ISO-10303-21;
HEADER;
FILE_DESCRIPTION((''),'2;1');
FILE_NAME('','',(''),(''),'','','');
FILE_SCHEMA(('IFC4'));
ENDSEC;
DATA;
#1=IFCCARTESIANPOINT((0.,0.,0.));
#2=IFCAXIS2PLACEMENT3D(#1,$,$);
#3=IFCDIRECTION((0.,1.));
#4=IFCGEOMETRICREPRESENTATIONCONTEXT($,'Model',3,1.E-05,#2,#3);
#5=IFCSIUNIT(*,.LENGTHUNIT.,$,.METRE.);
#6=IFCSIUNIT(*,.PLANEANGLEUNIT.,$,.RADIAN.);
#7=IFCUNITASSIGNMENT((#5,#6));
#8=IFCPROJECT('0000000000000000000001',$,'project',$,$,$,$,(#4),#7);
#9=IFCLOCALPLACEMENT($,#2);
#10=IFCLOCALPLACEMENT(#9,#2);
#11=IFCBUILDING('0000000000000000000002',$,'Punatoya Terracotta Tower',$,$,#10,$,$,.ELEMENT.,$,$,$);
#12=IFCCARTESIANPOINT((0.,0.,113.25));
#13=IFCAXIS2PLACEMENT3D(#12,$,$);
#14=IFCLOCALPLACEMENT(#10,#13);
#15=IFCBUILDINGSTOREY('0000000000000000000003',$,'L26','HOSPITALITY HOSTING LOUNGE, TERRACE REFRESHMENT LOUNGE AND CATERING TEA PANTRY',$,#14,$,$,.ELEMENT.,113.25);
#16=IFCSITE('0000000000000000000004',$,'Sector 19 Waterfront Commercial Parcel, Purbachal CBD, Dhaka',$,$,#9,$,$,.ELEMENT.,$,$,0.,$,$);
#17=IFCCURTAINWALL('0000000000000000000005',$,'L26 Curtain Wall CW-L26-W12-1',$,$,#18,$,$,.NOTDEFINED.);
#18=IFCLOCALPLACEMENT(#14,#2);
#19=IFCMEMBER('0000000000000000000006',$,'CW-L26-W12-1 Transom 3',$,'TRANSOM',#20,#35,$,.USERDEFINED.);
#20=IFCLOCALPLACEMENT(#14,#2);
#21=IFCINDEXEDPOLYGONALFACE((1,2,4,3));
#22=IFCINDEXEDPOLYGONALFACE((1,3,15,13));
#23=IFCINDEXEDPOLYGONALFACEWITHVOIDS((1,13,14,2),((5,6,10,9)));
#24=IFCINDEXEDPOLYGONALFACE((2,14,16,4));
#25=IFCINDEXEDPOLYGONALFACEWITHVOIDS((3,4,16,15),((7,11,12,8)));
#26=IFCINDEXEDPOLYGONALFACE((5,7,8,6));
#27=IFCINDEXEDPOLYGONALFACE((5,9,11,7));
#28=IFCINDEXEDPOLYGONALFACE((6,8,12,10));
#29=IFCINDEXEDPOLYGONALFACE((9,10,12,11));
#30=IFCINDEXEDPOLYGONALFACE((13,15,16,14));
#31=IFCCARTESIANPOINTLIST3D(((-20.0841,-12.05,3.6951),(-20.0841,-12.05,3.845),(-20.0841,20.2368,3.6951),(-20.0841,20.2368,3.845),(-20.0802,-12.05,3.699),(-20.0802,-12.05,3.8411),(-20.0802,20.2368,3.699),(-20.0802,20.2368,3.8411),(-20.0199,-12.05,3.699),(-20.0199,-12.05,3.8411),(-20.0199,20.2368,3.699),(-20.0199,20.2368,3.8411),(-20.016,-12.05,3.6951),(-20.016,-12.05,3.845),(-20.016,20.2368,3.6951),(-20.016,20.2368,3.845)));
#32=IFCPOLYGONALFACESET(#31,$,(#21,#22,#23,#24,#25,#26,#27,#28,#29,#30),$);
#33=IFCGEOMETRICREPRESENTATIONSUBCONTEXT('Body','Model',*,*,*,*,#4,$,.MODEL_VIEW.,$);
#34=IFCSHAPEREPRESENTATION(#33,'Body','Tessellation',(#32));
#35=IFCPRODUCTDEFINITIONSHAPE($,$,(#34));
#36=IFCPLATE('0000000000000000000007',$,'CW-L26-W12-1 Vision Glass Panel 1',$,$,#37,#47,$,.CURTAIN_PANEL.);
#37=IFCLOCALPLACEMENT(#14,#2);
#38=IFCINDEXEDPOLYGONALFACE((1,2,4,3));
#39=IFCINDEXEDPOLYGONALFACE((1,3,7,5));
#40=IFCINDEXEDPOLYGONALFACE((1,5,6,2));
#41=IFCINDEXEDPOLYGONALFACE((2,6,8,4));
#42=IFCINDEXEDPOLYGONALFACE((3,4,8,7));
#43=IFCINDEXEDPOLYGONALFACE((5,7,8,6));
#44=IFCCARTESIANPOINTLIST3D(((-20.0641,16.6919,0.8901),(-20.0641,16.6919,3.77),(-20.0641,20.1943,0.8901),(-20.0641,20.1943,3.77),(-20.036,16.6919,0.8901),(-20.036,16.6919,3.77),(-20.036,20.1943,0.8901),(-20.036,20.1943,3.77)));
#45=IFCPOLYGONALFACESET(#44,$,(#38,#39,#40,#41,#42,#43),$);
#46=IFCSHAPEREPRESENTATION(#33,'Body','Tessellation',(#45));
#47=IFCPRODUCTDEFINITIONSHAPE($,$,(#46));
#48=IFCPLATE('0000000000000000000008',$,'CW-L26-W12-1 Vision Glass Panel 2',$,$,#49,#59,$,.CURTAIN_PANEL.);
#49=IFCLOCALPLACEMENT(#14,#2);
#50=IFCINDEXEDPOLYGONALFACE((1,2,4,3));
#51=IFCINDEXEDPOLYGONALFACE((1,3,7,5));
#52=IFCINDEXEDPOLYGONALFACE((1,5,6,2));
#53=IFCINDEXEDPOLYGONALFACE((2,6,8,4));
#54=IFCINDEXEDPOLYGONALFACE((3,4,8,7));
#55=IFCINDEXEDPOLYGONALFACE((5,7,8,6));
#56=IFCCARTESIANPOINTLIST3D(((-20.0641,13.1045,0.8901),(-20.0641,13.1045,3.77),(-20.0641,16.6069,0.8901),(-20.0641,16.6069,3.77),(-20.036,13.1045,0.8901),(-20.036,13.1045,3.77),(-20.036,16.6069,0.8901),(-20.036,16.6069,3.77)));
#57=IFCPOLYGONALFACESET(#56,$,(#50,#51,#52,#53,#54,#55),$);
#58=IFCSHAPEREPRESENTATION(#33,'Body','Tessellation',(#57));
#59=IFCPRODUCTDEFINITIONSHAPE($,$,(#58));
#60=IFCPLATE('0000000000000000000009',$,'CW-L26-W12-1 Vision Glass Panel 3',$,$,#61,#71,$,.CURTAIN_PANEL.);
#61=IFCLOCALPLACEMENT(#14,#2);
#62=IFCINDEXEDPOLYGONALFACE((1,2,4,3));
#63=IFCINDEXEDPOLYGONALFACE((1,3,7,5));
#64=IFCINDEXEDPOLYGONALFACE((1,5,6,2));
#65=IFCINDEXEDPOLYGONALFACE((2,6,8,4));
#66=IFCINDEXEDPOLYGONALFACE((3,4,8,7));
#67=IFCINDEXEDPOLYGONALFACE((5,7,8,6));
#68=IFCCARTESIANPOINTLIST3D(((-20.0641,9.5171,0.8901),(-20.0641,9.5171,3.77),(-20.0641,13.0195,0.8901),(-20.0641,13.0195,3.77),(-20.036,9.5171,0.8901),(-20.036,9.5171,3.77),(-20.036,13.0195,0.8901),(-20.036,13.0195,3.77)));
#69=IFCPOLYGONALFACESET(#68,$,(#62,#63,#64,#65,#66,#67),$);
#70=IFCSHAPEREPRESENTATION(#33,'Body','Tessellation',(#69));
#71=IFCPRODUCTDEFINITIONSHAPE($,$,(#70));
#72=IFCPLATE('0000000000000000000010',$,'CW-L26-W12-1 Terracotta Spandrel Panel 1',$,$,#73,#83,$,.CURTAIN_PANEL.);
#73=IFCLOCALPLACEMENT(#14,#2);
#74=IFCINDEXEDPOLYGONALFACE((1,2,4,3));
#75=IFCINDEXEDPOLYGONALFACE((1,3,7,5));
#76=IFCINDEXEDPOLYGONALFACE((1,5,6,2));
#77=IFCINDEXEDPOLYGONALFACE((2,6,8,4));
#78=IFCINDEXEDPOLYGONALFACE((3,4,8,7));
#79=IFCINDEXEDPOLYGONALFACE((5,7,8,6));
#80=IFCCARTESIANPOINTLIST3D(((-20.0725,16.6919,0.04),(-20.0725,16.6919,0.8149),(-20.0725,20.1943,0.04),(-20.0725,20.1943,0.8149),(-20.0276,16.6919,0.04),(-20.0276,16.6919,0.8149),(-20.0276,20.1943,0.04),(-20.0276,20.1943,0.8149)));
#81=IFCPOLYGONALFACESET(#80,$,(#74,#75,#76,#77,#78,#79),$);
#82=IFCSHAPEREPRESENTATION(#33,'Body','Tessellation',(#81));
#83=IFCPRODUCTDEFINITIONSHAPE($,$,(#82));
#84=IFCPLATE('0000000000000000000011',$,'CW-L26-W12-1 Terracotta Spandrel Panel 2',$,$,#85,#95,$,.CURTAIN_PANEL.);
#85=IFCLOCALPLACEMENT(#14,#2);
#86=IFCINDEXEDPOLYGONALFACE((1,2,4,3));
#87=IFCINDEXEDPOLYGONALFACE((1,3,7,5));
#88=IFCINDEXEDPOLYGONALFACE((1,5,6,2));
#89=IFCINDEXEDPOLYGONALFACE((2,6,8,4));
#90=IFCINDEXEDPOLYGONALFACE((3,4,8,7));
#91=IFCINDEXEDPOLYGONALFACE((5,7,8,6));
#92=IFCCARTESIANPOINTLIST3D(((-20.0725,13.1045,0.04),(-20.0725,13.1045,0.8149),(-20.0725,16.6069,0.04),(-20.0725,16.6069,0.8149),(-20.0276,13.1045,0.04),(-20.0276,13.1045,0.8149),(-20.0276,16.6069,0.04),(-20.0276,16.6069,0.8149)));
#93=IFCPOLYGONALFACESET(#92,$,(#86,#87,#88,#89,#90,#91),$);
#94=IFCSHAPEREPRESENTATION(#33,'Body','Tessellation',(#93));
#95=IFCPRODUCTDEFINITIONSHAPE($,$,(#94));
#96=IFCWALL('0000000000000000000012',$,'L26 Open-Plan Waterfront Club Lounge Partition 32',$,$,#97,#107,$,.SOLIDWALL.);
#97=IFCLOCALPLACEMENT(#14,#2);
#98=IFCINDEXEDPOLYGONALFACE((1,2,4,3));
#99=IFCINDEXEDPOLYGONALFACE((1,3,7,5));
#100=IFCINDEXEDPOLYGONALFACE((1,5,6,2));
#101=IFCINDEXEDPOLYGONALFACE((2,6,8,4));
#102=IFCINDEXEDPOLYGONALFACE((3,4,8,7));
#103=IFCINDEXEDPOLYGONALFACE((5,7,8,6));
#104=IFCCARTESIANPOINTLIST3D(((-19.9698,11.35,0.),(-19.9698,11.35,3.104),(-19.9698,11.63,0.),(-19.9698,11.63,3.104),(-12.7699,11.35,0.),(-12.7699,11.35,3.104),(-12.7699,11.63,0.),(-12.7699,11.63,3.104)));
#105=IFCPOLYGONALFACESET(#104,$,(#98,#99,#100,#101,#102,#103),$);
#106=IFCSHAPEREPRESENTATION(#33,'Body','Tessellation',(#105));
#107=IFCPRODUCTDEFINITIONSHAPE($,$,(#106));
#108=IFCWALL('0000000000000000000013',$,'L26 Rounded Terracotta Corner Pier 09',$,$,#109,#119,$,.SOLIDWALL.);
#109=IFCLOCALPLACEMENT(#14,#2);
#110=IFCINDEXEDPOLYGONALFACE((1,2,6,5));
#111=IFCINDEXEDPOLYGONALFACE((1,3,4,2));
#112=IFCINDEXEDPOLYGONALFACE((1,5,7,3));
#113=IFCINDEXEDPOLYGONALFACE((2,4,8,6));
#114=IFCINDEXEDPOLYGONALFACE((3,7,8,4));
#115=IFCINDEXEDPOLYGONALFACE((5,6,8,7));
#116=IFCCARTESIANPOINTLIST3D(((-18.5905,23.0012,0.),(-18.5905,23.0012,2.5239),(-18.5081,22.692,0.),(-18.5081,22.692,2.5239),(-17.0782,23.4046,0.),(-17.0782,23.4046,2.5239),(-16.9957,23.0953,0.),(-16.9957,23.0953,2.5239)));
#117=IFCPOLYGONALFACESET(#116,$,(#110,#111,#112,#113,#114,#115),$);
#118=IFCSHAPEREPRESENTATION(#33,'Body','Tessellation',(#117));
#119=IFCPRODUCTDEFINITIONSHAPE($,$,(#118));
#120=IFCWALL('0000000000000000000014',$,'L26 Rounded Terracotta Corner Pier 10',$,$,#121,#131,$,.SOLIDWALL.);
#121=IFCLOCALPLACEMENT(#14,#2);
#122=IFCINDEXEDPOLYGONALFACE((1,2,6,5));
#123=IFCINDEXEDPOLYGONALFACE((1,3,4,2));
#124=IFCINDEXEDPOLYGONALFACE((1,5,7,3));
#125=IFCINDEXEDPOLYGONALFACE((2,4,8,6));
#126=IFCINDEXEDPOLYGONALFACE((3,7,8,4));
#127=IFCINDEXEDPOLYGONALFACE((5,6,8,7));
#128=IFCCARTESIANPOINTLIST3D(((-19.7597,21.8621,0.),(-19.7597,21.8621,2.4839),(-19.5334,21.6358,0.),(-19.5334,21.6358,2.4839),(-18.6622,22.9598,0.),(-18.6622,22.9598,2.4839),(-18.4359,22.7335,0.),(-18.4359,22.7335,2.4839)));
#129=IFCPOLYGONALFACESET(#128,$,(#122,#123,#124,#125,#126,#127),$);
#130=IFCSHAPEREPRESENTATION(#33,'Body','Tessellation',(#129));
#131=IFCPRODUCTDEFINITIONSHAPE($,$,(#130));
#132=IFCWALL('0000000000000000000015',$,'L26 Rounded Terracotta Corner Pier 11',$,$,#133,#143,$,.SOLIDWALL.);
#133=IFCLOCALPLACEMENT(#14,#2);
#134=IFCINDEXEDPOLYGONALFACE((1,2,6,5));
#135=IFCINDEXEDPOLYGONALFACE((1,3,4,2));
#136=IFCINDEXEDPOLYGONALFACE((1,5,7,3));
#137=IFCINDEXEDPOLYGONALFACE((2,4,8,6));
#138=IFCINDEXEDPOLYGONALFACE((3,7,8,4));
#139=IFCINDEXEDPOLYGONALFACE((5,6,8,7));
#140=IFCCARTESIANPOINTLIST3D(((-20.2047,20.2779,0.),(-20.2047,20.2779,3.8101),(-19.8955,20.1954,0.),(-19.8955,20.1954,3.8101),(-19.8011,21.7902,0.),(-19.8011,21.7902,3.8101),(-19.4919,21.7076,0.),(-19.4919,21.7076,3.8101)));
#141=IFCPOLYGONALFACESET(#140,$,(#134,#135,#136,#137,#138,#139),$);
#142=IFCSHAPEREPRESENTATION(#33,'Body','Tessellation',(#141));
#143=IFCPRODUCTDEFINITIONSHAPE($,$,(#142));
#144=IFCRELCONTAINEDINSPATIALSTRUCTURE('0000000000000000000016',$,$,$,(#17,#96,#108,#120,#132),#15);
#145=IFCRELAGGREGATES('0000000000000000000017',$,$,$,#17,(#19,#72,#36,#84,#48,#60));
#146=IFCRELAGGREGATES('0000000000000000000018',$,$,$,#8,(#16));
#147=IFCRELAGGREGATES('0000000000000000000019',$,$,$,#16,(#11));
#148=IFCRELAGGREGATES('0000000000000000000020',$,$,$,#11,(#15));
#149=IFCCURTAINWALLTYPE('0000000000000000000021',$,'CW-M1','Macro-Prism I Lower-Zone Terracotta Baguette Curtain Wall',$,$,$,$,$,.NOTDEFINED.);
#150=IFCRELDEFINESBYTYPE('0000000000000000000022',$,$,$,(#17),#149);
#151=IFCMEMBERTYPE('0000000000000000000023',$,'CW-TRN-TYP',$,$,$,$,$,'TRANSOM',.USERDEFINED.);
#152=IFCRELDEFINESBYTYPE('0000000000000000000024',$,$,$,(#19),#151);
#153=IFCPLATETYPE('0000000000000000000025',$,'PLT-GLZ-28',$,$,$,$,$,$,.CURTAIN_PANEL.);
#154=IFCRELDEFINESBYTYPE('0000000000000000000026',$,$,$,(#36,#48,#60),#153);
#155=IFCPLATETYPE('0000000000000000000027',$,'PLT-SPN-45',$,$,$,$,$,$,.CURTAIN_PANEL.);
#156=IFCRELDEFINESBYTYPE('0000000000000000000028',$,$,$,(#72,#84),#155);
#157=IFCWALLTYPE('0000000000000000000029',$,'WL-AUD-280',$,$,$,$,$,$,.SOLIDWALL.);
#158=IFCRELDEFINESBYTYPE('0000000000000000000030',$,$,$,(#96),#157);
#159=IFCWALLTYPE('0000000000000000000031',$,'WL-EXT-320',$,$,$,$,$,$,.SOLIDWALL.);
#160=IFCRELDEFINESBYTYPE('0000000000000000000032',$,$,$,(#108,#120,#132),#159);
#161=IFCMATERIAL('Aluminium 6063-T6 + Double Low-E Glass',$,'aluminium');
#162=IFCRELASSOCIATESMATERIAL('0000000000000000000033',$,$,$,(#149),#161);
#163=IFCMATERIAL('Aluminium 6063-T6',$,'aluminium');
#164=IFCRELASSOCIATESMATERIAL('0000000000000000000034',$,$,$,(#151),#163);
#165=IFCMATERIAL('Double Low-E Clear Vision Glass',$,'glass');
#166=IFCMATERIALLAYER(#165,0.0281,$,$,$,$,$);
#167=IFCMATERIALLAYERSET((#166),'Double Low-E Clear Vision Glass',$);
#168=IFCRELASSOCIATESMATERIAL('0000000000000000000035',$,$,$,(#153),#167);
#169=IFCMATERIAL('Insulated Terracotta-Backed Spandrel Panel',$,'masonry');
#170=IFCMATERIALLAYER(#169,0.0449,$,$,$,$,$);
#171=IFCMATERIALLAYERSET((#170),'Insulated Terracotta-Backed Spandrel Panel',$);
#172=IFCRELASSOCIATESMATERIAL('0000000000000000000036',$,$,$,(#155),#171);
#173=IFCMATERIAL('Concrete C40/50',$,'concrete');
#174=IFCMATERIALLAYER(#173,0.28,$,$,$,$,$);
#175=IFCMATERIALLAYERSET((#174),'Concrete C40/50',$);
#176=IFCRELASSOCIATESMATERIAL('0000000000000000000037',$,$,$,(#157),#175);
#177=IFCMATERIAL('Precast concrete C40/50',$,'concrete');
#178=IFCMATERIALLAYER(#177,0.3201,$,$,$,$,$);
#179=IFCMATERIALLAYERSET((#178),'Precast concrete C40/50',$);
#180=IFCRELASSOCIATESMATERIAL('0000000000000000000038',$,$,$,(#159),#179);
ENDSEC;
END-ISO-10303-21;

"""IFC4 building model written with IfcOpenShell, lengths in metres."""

from ifc_helpers import new_model, si_unit, direction, frame, frame_2d, origin, origin_2d, place, context, subcontext, project, spatial, rectangle, hollow_rectangle, extrude, material, layer, layer_set, material_profile, profile_set, type_object, element, aggregate, save


model = new_model("IFC4")

# Units and contexts
model_context = context("Model", 3, precision=1e-05, world=origin(), true_north=direction((0.0, 1.0)))
body_context = subcontext(model_context, "Body", "Model", "MODEL_VIEW")
ifc_project = project(units=[si_unit("LENGTHUNIT", "METRE"), si_unit("PLANEANGLEUNIT", "RADIAN")], contexts=[model_context])

# Site, building, storey
site_placement = place(None, origin())
site = spatial("IfcSite", under=ifc_project, at=site_placement, Name="Sector 19 Waterfront Commercial Parcel, Purbachal CBD, Dhaka", CompositionType="ELEMENT", RefElevation=0.0)
building_placement = place(site_placement, origin())
building = spatial("IfcBuilding", under=site, at=building_placement, Name="Punatoya Terracotta Tower", CompositionType="ELEMENT")
storey_placement = place(building_placement, frame((0.0, 0.0, 113.25)))
storey = spatial("IfcBuildingStorey", under=building, at=storey_placement, Name="L26", Description="HOSPITALITY HOSTING LOUNGE, TERRACE REFRESHMENT LOUNGE AND CATERING TEA PANTRY", CompositionType="ELEMENT", Elevation=113.25)

# Curtain wall, member, plates
ifc_material_1 = material(Name="Aluminium 6063-T6 + Double Low-E Glass", Category="aluminium")
curtain_wall_type = type_object("IfcCurtainWallType", Name="CW-M1", Description="Macro-Prism I Lower-Zone Terracotta Baguette Curtain Wall", PredefinedType="NOTDEFINED", material=ifc_material_1)
curtain_wall_placement = place(storey_placement, origin())
curtain_wall = element("IfcCurtainWall", 1, at=curtain_wall_placement, inside=storey, type_object=curtain_wall_type, Name="L26 Curtain Wall CW-L26-W12-1", PredefinedType="NOTDEFINED")
ifc_material_2 = material(Name="Aluminium 6063-T6", Category="aluminium")
ifc_material_profile_1 = material_profile(ifc_material_2, hollow_rectangle(XDim=0.0681, YDim=0.1499, WallThickness=0.0039, at=origin_2d()))
ifc_profile_set_1 = profile_set([ifc_material_profile_1], Name="Aluminium 6063-T6")
member_type_1 = type_object("IfcMemberType", Name="CW-TRN-TYP", ElementType="TRANSOM", PredefinedType="USERDEFINED", material=ifc_profile_set_1)
member_1_placement = place(storey_placement, frame((-20.05, 20.2368, 3.77), z_axis=(0.0, -1.0, 0.0), x_axis=(1.0, 0.0, 0.0)))
member_1 = element("IfcMember", 2, at=member_1_placement, type_object=member_type_1, Name="CW-L26-W12-1 Transom 3", ObjectType="TRANSOM", PredefinedType="USERDEFINED", context=body_context, shape_type="SweptSolid", body=[
    extrude(hollow_rectangle(XDim=0.0681, YDim=0.1499, WallThickness=0.0039, at=origin_2d()), origin(), (0.0, 0.0, 1.0), 32.2869),
])
ifc_material_3 = material(Name="Double Low-E Clear Vision Glass", Category="glass")
ifc_layer_1 = layer(ifc_material_3, 0.0281)
ifc_layer_set_1 = layer_set([ifc_layer_1], Name="Double Low-E Clear Vision Glass")
plate_type_1 = type_object("IfcPlateType", Name="PLT-GLZ-28", PredefinedType="CURTAIN_PANEL", material=ifc_layer_set_1)
plate_1_placement = place(storey_placement, frame((-20.05, 18.4431, 0.8901), z_axis=(0.0, 0.0, 1.0), x_axis=(0.0, -1.0, 0.0)))
plate_1 = element("IfcPlate", 3, at=plate_1_placement, type_object=plate_type_1, Name="CW-L26-W12-1 Vision Glass Panel 1", PredefinedType="CURTAIN_PANEL", context=body_context, shape_type="SweptSolid", body=[
    extrude(rectangle(XDim=3.5024, YDim=0.0281, at=origin_2d()), origin(), (0.0, 0.0, 1.0), 2.8799),
])
plate_2_placement = place(storey_placement, frame((-20.05, 14.8557, 0.8901), z_axis=(0.0, 0.0, 1.0), x_axis=(0.0, -1.0, 0.0)))
plate_2 = element("IfcPlate", 4, at=plate_2_placement, type_object=plate_type_1, Name="CW-L26-W12-1 Vision Glass Panel 2", PredefinedType="CURTAIN_PANEL", context=body_context, shape_type="SweptSolid", body=[
    extrude(rectangle(XDim=3.5024, YDim=0.0281, at=origin_2d()), origin(), (0.0, 0.0, 1.0), 2.8799),
])
plate_3_placement = place(storey_placement, frame((-20.05, 11.2683, 0.8901), z_axis=(0.0, 0.0, 1.0), x_axis=(0.0, -1.0, 0.0)))
plate_3 = element("IfcPlate", 5, at=plate_3_placement, type_object=plate_type_1, Name="CW-L26-W12-1 Vision Glass Panel 3", PredefinedType="CURTAIN_PANEL", context=body_context, shape_type="SweptSolid", body=[
    extrude(rectangle(XDim=3.5024, YDim=0.0281, at=origin_2d()), origin(), (0.0, 0.0, 1.0), 2.8799),
])
ifc_material_4 = material(Name="Insulated Terracotta-Backed Spandrel Panel", Category="masonry")
ifc_layer_2 = layer(ifc_material_4, 0.0449)
ifc_layer_set_2 = layer_set([ifc_layer_2], Name="Insulated Terracotta-Backed Spandrel Panel")
plate_type_2 = type_object("IfcPlateType", Name="PLT-SPN-45", PredefinedType="CURTAIN_PANEL", material=ifc_layer_set_2)
plate_4_placement = place(storey_placement, frame((-20.05, 18.4431, 0.04), z_axis=(0.0, 0.0, 1.0), x_axis=(0.0, -1.0, 0.0)))
plate_4 = element("IfcPlate", 6, at=plate_4_placement, type_object=plate_type_2, Name="CW-L26-W12-1 Terracotta Spandrel Panel 1", PredefinedType="CURTAIN_PANEL", context=body_context, shape_type="SweptSolid", body=[
    extrude(rectangle(XDim=3.5024, YDim=0.0449, at=origin_2d()), origin(), (0.0, 0.0, 1.0), 0.7749),
])
plate_5_placement = place(storey_placement, frame((-20.05, 14.8557, 0.04), z_axis=(0.0, 0.0, 1.0), x_axis=(0.0, -1.0, 0.0)))
plate_5 = element("IfcPlate", 7, at=plate_5_placement, type_object=plate_type_2, Name="CW-L26-W12-1 Terracotta Spandrel Panel 2", PredefinedType="CURTAIN_PANEL", context=body_context, shape_type="SweptSolid", body=[
    extrude(rectangle(XDim=3.5024, YDim=0.0449, at=origin_2d()), origin(), (0.0, 0.0, 1.0), 0.7749),
])
aggregate(curtain_wall, [member_1, plate_4, plate_1, plate_5, plate_2, plate_3])

# Walls
ifc_material_5 = material(Name="Concrete C40/50", Category="concrete")
ifc_layer_3 = layer(ifc_material_5, 0.28)
ifc_layer_set_3 = layer_set([ifc_layer_3], Name="Concrete C40/50")
wall_type_1 = type_object("IfcWallType", Name="WL-AUD-280", PredefinedType="SOLIDWALL", material=ifc_layer_set_3)
wall_1_placement = place(storey_placement, frame((-19.97, 11.49, 0.0), z_axis=(0.0, 0.0, 1.0), x_axis=(1.0, 0.0, 0.0)))
element("IfcWall", 8, at=wall_1_placement, inside=storey, type_object=wall_type_1, Name="L26 Open-Plan Waterfront Club Lounge Partition 32", PredefinedType="SOLIDWALL", context=body_context, shape_type="SweptSolid", body=[
    extrude(rectangle(XDim=7.2, YDim=0.28, at=frame_2d((3.6001, 0.0))), origin(), (0.0, 0.0, 1.0), 3.104),
])
ifc_material_6 = material(Name="Precast concrete C40/50", Category="concrete")
ifc_layer_4 = layer(ifc_material_6, 0.3201)
ifc_layer_set_4 = layer_set([ifc_layer_4], Name="Precast concrete C40/50")
wall_type_2 = type_object("IfcWallType", Name="WL-EXT-320", PredefinedType="SOLIDWALL", material=ifc_layer_set_4)
wall_2_placement = place(storey_placement, frame((-17.0369, 23.25, 0.0), z_axis=(0.0, 0.0, 1.0), x_axis=(-0.966225, -0.257701, 0.0)))
element("IfcWall", 9, at=wall_2_placement, inside=storey, type_object=wall_type_2, Name="L26 Rounded Terracotta Corner Pier 09", PredefinedType="SOLIDWALL", context=body_context, shape_type="SweptSolid", body=[
    extrude(rectangle(XDim=1.5652, YDim=0.3201, at=frame_2d((0.7827, 0.0))), origin(), (0.0, 0.0, 1.0), 2.5239),
])
wall_3_placement = place(storey_placement, frame((-18.5491, 22.8467, 0.0), z_axis=(0.0, 0.0, 1.0), x_axis=(-0.707028, -0.707185, 0.0)))
element("IfcWall", 10, at=wall_3_placement, inside=storey, type_object=wall_type_2, Name="L26 Rounded Terracotta Corner Pier 10", PredefinedType="SOLIDWALL", context=body_context, shape_type="SweptSolid", body=[
    extrude(rectangle(XDim=1.5522, YDim=0.3201, at=frame_2d((0.7761, 0.0))), origin(), (0.0, 0.0, 1.0), 2.4839),
])
wall_4_placement = place(storey_placement, frame((-19.6465, 21.749, 0.0), z_axis=(0.0, 0.0, 1.0), x_axis=(-0.257847, -0.966186, 0.0)))
element("IfcWall", 11, at=wall_4_placement, inside=storey, type_object=wall_type_2, Name="L26 Rounded Terracotta Corner Pier 11", PredefinedType="SOLIDWALL", context=body_context, shape_type="SweptSolid", body=[
    extrude(rectangle(XDim=1.5652, YDim=0.3201, at=frame_2d((0.7827, 0.0))), origin(), (0.0, 0.0, 1.0), 3.8101),
])

save(model, "model.ifc")
